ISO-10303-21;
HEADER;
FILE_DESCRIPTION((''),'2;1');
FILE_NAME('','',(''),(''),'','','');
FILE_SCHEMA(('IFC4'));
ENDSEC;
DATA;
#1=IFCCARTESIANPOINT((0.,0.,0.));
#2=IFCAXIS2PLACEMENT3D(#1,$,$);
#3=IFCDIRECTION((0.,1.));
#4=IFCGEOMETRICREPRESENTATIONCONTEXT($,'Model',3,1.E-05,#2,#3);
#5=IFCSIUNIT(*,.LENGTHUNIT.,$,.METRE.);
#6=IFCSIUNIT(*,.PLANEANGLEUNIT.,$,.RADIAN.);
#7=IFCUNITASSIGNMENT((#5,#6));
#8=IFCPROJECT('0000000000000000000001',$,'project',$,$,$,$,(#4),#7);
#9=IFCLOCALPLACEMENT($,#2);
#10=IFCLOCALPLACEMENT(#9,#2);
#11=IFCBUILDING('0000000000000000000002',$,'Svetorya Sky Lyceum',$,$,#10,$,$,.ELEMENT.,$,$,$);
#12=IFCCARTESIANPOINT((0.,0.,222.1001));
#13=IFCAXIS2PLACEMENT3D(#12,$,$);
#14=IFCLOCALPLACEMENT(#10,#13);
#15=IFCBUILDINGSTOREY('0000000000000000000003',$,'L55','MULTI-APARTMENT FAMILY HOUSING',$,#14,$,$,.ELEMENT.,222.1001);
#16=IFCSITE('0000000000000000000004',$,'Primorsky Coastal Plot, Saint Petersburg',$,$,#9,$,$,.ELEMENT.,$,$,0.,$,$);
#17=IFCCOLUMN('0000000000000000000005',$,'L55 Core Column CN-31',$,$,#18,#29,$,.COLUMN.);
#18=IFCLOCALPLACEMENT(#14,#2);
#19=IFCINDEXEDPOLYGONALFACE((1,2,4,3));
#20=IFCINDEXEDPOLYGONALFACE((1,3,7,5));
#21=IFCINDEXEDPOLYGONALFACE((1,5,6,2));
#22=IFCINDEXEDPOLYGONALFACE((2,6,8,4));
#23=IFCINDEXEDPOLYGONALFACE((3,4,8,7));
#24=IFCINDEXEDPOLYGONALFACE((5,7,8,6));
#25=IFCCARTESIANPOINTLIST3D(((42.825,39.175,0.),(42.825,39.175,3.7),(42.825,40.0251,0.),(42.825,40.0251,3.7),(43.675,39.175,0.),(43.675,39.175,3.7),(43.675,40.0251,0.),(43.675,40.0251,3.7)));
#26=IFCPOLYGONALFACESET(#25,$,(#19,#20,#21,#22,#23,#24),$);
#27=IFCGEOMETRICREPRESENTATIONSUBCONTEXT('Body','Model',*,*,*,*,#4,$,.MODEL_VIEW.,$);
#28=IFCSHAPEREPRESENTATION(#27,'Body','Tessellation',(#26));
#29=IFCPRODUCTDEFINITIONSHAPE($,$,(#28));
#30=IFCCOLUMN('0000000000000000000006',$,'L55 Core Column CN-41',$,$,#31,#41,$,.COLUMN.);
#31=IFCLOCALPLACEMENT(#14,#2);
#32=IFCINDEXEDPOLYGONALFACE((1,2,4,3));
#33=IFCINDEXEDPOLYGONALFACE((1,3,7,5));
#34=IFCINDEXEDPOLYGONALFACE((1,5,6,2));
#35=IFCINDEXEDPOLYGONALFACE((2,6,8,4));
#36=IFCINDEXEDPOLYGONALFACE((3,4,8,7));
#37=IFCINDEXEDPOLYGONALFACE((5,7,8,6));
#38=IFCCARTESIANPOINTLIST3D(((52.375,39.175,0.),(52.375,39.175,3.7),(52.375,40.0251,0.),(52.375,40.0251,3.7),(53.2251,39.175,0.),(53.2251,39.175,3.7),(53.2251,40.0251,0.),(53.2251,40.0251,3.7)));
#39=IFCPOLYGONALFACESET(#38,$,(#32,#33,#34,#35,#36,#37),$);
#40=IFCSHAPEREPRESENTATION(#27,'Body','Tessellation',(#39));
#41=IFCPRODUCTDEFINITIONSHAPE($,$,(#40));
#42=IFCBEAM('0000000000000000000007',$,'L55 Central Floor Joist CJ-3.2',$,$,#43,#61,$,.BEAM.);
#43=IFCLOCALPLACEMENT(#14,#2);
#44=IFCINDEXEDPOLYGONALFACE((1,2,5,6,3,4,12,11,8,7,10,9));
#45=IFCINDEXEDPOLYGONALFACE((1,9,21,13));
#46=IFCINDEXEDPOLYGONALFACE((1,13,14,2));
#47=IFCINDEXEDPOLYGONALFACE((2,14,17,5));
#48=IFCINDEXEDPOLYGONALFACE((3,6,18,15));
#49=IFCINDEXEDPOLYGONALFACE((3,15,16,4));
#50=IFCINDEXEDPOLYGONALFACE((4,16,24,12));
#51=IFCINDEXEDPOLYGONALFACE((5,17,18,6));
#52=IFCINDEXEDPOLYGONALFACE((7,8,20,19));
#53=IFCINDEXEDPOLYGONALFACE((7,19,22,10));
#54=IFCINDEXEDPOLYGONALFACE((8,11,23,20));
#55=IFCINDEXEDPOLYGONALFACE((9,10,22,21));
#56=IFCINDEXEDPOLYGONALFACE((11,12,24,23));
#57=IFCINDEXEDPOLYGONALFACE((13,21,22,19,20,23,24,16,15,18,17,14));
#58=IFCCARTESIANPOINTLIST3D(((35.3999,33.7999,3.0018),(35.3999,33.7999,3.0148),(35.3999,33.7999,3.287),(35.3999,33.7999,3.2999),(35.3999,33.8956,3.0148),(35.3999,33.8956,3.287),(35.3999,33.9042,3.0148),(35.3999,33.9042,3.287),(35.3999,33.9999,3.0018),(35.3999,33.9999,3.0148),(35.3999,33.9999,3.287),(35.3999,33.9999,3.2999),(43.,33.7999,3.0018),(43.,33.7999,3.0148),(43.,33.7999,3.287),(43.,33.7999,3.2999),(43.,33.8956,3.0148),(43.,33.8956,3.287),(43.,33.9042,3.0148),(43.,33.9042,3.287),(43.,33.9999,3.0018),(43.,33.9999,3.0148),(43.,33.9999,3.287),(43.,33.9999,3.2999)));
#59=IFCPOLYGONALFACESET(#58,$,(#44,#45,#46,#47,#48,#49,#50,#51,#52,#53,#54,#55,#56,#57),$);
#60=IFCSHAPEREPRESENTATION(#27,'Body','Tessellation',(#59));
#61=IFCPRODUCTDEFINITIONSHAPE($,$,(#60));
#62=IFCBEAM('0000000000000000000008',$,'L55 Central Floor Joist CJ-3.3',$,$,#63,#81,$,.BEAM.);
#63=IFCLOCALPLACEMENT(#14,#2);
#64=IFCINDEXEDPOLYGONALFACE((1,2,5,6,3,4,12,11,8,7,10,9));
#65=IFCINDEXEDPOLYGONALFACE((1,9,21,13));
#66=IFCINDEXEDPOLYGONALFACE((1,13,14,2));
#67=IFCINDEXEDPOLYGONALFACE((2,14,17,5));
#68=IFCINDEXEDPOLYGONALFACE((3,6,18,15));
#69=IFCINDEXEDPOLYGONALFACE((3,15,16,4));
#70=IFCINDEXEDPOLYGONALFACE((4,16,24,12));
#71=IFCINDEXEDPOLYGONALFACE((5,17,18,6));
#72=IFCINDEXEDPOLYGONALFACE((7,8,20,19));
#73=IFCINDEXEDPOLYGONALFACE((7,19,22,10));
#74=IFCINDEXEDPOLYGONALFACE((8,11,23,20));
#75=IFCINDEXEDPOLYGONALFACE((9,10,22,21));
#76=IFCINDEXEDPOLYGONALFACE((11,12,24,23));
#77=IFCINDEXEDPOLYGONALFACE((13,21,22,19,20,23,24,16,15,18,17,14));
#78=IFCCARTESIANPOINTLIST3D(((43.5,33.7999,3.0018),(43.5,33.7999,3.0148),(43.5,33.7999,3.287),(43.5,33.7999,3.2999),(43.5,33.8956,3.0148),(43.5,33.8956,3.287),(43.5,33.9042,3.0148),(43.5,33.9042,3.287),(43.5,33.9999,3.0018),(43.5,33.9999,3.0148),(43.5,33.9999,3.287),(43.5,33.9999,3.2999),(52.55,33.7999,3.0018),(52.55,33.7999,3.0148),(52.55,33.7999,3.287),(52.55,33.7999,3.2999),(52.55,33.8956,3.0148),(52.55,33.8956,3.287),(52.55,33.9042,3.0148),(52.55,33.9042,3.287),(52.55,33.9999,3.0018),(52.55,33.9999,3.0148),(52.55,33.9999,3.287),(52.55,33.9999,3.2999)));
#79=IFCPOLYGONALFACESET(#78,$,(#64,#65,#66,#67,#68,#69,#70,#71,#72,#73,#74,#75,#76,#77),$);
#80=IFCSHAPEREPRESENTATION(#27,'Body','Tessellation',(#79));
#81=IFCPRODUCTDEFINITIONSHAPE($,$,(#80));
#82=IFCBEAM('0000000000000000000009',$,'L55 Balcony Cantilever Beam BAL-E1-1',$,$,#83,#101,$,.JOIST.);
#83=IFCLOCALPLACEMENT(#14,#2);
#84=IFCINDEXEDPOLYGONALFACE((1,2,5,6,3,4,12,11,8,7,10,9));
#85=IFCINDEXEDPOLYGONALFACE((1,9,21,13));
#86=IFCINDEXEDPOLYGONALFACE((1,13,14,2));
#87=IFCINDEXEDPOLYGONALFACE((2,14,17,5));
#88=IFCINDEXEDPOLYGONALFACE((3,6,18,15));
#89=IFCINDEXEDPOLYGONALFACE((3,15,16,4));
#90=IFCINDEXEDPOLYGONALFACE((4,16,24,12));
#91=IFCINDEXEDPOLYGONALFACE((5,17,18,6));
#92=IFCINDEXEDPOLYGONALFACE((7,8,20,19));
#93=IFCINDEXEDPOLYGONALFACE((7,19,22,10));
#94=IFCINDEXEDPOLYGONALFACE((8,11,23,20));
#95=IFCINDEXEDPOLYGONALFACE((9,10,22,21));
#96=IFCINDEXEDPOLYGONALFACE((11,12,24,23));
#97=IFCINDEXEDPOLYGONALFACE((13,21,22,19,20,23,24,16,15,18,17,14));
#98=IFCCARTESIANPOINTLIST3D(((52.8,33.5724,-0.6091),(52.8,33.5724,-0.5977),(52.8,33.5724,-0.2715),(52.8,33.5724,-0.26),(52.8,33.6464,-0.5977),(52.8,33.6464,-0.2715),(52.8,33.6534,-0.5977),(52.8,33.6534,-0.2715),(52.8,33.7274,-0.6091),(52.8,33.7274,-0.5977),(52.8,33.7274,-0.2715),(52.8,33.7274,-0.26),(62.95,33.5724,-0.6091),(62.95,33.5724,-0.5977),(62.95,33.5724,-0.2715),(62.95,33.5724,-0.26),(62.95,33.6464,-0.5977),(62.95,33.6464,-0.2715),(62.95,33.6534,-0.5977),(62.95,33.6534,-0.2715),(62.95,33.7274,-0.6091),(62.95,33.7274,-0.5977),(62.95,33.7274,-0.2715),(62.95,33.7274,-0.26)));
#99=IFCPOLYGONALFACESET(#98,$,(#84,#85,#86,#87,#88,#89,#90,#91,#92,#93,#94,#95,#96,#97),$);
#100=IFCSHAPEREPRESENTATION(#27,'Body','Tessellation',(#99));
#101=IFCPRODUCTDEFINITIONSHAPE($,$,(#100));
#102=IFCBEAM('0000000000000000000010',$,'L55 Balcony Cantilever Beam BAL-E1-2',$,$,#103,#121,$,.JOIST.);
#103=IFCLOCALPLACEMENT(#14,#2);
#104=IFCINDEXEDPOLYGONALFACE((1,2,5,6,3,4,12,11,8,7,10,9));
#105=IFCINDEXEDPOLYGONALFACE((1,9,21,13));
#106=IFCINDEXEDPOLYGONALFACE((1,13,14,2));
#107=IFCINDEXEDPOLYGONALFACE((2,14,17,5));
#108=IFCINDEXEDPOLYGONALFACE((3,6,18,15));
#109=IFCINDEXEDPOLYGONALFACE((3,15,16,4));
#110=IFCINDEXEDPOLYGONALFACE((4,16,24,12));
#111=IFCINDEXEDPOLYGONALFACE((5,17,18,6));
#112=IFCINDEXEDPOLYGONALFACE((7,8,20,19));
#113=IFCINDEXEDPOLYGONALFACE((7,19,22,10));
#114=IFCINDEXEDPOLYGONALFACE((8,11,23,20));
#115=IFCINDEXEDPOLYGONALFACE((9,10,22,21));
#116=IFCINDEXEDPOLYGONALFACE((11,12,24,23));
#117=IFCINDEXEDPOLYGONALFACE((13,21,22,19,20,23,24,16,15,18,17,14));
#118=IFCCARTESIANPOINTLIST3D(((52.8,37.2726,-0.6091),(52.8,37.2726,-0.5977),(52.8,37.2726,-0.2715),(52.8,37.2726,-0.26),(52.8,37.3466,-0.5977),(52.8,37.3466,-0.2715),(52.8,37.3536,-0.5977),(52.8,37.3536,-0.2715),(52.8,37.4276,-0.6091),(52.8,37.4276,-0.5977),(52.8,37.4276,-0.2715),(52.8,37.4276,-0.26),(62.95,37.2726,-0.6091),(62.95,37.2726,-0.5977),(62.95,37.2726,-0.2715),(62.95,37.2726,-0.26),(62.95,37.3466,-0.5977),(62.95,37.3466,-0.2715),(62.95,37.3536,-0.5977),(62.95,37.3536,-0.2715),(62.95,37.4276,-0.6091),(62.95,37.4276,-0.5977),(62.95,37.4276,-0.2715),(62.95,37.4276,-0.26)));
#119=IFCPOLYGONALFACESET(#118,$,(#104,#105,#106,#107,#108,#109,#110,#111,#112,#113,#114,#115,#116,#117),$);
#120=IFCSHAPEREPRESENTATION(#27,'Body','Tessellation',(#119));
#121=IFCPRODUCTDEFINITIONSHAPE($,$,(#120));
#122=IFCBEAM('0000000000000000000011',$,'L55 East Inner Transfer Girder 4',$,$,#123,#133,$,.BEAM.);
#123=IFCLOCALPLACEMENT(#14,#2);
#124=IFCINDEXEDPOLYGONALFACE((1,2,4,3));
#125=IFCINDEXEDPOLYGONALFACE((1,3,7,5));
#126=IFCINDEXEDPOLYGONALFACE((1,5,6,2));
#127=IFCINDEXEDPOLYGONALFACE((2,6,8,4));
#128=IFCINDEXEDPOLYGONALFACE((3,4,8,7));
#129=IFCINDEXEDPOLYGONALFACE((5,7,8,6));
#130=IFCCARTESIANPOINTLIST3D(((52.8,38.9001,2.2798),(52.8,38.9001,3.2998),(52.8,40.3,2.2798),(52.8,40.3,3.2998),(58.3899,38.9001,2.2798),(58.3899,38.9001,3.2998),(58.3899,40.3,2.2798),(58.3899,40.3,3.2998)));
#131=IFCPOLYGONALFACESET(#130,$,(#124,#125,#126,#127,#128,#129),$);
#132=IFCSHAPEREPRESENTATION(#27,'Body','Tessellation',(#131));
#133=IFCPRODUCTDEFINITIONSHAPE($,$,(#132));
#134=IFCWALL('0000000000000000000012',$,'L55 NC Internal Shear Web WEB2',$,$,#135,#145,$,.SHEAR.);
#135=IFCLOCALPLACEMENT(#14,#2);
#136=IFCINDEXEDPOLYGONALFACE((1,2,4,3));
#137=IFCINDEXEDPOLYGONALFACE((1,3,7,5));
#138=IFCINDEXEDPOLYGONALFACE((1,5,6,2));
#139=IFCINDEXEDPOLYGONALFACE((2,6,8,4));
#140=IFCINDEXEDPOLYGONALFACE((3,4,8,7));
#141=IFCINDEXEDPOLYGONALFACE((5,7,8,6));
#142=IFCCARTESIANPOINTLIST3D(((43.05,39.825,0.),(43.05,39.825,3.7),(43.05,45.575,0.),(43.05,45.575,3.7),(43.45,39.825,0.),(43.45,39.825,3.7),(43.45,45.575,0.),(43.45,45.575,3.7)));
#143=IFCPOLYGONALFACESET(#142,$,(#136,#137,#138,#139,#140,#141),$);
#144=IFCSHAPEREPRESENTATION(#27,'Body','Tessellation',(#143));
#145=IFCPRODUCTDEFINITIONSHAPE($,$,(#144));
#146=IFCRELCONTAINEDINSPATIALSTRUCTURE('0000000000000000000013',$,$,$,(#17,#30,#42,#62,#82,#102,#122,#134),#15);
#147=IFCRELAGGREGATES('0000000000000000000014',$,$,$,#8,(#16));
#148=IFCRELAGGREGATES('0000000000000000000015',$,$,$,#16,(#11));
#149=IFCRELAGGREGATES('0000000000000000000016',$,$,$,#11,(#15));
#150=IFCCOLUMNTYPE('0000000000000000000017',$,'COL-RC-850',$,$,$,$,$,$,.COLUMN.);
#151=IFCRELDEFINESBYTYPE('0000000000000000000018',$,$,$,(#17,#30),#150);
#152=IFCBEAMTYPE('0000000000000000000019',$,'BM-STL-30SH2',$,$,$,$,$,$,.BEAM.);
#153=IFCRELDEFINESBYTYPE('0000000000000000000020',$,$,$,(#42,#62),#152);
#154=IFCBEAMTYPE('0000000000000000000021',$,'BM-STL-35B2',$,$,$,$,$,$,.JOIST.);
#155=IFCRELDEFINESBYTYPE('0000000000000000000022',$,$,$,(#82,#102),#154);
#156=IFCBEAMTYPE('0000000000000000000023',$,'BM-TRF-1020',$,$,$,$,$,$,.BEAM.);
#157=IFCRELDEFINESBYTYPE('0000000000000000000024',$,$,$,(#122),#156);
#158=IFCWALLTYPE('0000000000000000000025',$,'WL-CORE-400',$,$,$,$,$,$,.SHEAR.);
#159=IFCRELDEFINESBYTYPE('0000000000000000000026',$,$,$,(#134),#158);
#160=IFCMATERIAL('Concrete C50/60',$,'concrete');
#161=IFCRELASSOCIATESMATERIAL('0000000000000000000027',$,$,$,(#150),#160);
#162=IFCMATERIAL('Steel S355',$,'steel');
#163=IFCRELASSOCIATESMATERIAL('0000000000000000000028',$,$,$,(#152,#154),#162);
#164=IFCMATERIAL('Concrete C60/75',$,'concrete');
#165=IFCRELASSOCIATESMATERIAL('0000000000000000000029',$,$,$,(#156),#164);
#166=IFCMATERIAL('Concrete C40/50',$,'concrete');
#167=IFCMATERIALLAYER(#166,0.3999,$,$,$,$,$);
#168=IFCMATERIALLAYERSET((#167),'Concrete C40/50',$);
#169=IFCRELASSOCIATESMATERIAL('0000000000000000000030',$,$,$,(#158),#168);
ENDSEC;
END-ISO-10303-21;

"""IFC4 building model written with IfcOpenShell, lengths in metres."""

from ifc_helpers import new_model, si_unit, direction, frame, frame_2d, origin, origin_2d, place, context, subcontext, project, spatial, rectangle, i_section, extrude, material, layer, layer_set, material_profile, profile_set, type_object, element, save


model = new_model("IFC4")

# Units and contexts
model_context = context("Model", 3, precision=1e-05, world=origin(), true_north=direction((0.0, 1.0)))
body_context = subcontext(model_context, "Body", "Model", "MODEL_VIEW")
ifc_project = project(units=[si_unit("LENGTHUNIT", "METRE"), si_unit("PLANEANGLEUNIT", "RADIAN")], contexts=[model_context])

# Site, building, storey
site_placement = place(None, origin())
site = spatial("IfcSite", under=ifc_project, at=site_placement, Name="Primorsky Coastal Plot, Saint Petersburg", CompositionType="ELEMENT", RefElevation=0.0)
building_placement = place(site_placement, origin())
building = spatial("IfcBuilding", under=site, at=building_placement, Name="Svetorya Sky Lyceum", CompositionType="ELEMENT")
storey_placement = place(building_placement, frame((0.0, 0.0, 222.1001)))
storey = spatial("IfcBuildingStorey", under=building, at=storey_placement, Name="L55", Description="MULTI-APARTMENT FAMILY HOUSING", CompositionType="ELEMENT", Elevation=222.1001)

# Columns
ifc_material_1 = material(Name="Concrete C50/60", Category="concrete")
ifc_material_profile_1 = material_profile(ifc_material_1, rectangle(XDim=0.8501, YDim=0.8501, at=origin_2d()), Name="RC COL 850x850")
ifc_profile_set_1 = profile_set([ifc_material_profile_1], Name="Concrete C50/60")
column_type = type_object("IfcColumnType", Name="COL-RC-850", PredefinedType="COLUMN", material=ifc_profile_set_1)
for number, where, z_axis, x_axis, name in (
    (1, (43.25, 39.6001, 0.0), (0.0, 0.0, 1.0), (1.0, 0.0, 0.0), "L55 Core Column CN-31"),
    (2, (52.8, 39.6001, 0.0), (0.0, 0.0, 1.0), (1.0, 0.0, 0.0), "L55 Core Column CN-41"),
):
    element("IfcColumn", number, at=place(storey_placement, frame(where, z_axis=z_axis, x_axis=x_axis)), inside=storey, type_object=column_type, Name=name, PredefinedType="COLUMN", context=body_context, shape_type="SweptSolid", body=[
        extrude(rectangle(XDim=0.8501, YDim=0.8501, at=origin_2d()), origin(), (0.0, 0.0, 1.0), 3.7),
    ])

# Beams
ifc_material_2 = material(Name="Steel S355", Category="steel")
ifc_material_profile_2 = material_profile(ifc_material_2, i_section(OverallWidth=0.2, OverallDepth=0.2981, WebThickness=0.0085, FlangeThickness=0.0129, at=origin_2d()), Name="GOST 30Sh2")
ifc_profile_set_2 = profile_set([ifc_material_profile_2], Name="Steel S355")
beam_type_1 = type_object("IfcBeamType", Name="BM-STL-30SH2", PredefinedType="BEAM", material=ifc_profile_set_2)
beam_1_placement = place(storey_placement, frame((35.3999, 33.8999, 3.1509), z_axis=(1.0, 0.0, 0.0), x_axis=(0.0, 1.0, 0.0)))
element("IfcBeam", 3, at=beam_1_placement, inside=storey, type_object=beam_type_1, Name="L55 Central Floor Joist CJ-3.2", PredefinedType="BEAM", context=body_context, shape_type="SweptSolid", body=[
    extrude(i_section(OverallWidth=0.2, OverallDepth=0.2981, WebThickness=0.0085, FlangeThickness=0.0129, at=origin_2d()), origin(), (0.0, 0.0, 1.0), 7.6001),
])
beam_2_placement = place(storey_placement, frame((43.5, 33.8999, 3.1509), z_axis=(1.0, 0.0, 0.0), x_axis=(0.0, 1.0, 0.0)))
element("IfcBeam", 4, at=beam_2_placement, inside=storey, type_object=beam_type_1, Name="L55 Central Floor Joist CJ-3.3", PredefinedType="BEAM", context=body_context, shape_type="SweptSolid", body=[
    extrude(i_section(OverallWidth=0.2, OverallDepth=0.2981, WebThickness=0.0085, FlangeThickness=0.0129, at=origin_2d()), origin(), (0.0, 0.0, 1.0), 9.05),
])
ifc_material_profile_3 = material_profile(ifc_material_2, i_section(OverallWidth=0.155, OverallDepth=0.3491, WebThickness=0.0071, FlangeThickness=0.0115, at=origin_2d()), Name="GOST 35B2")
ifc_profile_set_3 = profile_set([ifc_material_profile_3], Name="Steel S355")
beam_type_2 = type_object("IfcBeamType", Name="BM-STL-35B2", PredefinedType="JOIST", material=ifc_profile_set_3)
for number, where, z_axis, x_axis, name in (
    (5, (52.8, 33.6499, -0.4346), (1.0, 0.0, 0.0), (0.0, 1.0, 0.0), "L55 Balcony Cantilever Beam BAL-E1-1"),
    (6, (52.8, 37.3501, -0.4346), (1.0, 0.0, 0.0), (0.0, 1.0, 0.0), "L55 Balcony Cantilever Beam BAL-E1-2"),
):
    element("IfcBeam", number, at=place(storey_placement, frame(where, z_axis=z_axis, x_axis=x_axis)), inside=storey, type_object=beam_type_2, Name=name, PredefinedType="JOIST", context=body_context, shape_type="SweptSolid", body=[
        extrude(i_section(OverallWidth=0.155, OverallDepth=0.3491, WebThickness=0.0071, FlangeThickness=0.0115, at=origin_2d()), origin(), (0.0, 0.0, 1.0), 10.1499),
    ])
ifc_material_3 = material(Name="Concrete C60/75", Category="concrete")
ifc_material_profile_4 = material_profile(ifc_material_3, rectangle(XDim=1.3999, YDim=1.02, at=origin_2d()), Name="RC TRANSFER 1400x1020")
ifc_profile_set_4 = profile_set([ifc_material_profile_4], Name="Concrete C60/75")
beam_type_3 = type_object("IfcBeamType", Name="BM-TRF-1020", PredefinedType="BEAM", material=ifc_profile_set_4)
beam_3_placement = place(storey_placement, frame((52.8, 39.6001, 2.7898), z_axis=(1.0, 0.0, 0.0), x_axis=(0.0, 1.0, 0.0)))
element("IfcBeam", 7, at=beam_3_placement, inside=storey, type_object=beam_type_3, Name="L55 East Inner Transfer Girder 4", PredefinedType="BEAM", context=body_context, shape_type="SweptSolid", body=[
    extrude(rectangle(XDim=1.3999, YDim=1.02, at=origin_2d()), origin(), (0.0, 0.0, 1.0), 5.5898),
])

# Wall
ifc_material_4 = material(Name="Concrete C40/50", Category="concrete")
ifc_layer_1 = layer(ifc_material_4, 0.3999)
ifc_layer_set_1 = layer_set([ifc_layer_1], Name="Concrete C40/50")
wall_type_1 = type_object("IfcWallType", Name="WL-CORE-400", PredefinedType="SHEAR", material=ifc_layer_set_1)
wall_1_placement = place(storey_placement, frame((43.25, 39.825, 0.0), z_axis=(0.0, 0.0, 1.0), x_axis=(0.0, 1.0, 0.0)))
element("IfcWall", 8, at=wall_1_placement, inside=storey, type_object=wall_type_1, Name="L55 NC Internal Shear Web WEB2", PredefinedType="SHEAR", context=body_context, shape_type="SweptSolid", body=[
    extrude(rectangle(XDim=5.75, YDim=0.3999, at=frame_2d((2.875, 0.0))), origin(), (0.0, 0.0, 1.0), 3.7),
])

save(model, "model.ifc")
